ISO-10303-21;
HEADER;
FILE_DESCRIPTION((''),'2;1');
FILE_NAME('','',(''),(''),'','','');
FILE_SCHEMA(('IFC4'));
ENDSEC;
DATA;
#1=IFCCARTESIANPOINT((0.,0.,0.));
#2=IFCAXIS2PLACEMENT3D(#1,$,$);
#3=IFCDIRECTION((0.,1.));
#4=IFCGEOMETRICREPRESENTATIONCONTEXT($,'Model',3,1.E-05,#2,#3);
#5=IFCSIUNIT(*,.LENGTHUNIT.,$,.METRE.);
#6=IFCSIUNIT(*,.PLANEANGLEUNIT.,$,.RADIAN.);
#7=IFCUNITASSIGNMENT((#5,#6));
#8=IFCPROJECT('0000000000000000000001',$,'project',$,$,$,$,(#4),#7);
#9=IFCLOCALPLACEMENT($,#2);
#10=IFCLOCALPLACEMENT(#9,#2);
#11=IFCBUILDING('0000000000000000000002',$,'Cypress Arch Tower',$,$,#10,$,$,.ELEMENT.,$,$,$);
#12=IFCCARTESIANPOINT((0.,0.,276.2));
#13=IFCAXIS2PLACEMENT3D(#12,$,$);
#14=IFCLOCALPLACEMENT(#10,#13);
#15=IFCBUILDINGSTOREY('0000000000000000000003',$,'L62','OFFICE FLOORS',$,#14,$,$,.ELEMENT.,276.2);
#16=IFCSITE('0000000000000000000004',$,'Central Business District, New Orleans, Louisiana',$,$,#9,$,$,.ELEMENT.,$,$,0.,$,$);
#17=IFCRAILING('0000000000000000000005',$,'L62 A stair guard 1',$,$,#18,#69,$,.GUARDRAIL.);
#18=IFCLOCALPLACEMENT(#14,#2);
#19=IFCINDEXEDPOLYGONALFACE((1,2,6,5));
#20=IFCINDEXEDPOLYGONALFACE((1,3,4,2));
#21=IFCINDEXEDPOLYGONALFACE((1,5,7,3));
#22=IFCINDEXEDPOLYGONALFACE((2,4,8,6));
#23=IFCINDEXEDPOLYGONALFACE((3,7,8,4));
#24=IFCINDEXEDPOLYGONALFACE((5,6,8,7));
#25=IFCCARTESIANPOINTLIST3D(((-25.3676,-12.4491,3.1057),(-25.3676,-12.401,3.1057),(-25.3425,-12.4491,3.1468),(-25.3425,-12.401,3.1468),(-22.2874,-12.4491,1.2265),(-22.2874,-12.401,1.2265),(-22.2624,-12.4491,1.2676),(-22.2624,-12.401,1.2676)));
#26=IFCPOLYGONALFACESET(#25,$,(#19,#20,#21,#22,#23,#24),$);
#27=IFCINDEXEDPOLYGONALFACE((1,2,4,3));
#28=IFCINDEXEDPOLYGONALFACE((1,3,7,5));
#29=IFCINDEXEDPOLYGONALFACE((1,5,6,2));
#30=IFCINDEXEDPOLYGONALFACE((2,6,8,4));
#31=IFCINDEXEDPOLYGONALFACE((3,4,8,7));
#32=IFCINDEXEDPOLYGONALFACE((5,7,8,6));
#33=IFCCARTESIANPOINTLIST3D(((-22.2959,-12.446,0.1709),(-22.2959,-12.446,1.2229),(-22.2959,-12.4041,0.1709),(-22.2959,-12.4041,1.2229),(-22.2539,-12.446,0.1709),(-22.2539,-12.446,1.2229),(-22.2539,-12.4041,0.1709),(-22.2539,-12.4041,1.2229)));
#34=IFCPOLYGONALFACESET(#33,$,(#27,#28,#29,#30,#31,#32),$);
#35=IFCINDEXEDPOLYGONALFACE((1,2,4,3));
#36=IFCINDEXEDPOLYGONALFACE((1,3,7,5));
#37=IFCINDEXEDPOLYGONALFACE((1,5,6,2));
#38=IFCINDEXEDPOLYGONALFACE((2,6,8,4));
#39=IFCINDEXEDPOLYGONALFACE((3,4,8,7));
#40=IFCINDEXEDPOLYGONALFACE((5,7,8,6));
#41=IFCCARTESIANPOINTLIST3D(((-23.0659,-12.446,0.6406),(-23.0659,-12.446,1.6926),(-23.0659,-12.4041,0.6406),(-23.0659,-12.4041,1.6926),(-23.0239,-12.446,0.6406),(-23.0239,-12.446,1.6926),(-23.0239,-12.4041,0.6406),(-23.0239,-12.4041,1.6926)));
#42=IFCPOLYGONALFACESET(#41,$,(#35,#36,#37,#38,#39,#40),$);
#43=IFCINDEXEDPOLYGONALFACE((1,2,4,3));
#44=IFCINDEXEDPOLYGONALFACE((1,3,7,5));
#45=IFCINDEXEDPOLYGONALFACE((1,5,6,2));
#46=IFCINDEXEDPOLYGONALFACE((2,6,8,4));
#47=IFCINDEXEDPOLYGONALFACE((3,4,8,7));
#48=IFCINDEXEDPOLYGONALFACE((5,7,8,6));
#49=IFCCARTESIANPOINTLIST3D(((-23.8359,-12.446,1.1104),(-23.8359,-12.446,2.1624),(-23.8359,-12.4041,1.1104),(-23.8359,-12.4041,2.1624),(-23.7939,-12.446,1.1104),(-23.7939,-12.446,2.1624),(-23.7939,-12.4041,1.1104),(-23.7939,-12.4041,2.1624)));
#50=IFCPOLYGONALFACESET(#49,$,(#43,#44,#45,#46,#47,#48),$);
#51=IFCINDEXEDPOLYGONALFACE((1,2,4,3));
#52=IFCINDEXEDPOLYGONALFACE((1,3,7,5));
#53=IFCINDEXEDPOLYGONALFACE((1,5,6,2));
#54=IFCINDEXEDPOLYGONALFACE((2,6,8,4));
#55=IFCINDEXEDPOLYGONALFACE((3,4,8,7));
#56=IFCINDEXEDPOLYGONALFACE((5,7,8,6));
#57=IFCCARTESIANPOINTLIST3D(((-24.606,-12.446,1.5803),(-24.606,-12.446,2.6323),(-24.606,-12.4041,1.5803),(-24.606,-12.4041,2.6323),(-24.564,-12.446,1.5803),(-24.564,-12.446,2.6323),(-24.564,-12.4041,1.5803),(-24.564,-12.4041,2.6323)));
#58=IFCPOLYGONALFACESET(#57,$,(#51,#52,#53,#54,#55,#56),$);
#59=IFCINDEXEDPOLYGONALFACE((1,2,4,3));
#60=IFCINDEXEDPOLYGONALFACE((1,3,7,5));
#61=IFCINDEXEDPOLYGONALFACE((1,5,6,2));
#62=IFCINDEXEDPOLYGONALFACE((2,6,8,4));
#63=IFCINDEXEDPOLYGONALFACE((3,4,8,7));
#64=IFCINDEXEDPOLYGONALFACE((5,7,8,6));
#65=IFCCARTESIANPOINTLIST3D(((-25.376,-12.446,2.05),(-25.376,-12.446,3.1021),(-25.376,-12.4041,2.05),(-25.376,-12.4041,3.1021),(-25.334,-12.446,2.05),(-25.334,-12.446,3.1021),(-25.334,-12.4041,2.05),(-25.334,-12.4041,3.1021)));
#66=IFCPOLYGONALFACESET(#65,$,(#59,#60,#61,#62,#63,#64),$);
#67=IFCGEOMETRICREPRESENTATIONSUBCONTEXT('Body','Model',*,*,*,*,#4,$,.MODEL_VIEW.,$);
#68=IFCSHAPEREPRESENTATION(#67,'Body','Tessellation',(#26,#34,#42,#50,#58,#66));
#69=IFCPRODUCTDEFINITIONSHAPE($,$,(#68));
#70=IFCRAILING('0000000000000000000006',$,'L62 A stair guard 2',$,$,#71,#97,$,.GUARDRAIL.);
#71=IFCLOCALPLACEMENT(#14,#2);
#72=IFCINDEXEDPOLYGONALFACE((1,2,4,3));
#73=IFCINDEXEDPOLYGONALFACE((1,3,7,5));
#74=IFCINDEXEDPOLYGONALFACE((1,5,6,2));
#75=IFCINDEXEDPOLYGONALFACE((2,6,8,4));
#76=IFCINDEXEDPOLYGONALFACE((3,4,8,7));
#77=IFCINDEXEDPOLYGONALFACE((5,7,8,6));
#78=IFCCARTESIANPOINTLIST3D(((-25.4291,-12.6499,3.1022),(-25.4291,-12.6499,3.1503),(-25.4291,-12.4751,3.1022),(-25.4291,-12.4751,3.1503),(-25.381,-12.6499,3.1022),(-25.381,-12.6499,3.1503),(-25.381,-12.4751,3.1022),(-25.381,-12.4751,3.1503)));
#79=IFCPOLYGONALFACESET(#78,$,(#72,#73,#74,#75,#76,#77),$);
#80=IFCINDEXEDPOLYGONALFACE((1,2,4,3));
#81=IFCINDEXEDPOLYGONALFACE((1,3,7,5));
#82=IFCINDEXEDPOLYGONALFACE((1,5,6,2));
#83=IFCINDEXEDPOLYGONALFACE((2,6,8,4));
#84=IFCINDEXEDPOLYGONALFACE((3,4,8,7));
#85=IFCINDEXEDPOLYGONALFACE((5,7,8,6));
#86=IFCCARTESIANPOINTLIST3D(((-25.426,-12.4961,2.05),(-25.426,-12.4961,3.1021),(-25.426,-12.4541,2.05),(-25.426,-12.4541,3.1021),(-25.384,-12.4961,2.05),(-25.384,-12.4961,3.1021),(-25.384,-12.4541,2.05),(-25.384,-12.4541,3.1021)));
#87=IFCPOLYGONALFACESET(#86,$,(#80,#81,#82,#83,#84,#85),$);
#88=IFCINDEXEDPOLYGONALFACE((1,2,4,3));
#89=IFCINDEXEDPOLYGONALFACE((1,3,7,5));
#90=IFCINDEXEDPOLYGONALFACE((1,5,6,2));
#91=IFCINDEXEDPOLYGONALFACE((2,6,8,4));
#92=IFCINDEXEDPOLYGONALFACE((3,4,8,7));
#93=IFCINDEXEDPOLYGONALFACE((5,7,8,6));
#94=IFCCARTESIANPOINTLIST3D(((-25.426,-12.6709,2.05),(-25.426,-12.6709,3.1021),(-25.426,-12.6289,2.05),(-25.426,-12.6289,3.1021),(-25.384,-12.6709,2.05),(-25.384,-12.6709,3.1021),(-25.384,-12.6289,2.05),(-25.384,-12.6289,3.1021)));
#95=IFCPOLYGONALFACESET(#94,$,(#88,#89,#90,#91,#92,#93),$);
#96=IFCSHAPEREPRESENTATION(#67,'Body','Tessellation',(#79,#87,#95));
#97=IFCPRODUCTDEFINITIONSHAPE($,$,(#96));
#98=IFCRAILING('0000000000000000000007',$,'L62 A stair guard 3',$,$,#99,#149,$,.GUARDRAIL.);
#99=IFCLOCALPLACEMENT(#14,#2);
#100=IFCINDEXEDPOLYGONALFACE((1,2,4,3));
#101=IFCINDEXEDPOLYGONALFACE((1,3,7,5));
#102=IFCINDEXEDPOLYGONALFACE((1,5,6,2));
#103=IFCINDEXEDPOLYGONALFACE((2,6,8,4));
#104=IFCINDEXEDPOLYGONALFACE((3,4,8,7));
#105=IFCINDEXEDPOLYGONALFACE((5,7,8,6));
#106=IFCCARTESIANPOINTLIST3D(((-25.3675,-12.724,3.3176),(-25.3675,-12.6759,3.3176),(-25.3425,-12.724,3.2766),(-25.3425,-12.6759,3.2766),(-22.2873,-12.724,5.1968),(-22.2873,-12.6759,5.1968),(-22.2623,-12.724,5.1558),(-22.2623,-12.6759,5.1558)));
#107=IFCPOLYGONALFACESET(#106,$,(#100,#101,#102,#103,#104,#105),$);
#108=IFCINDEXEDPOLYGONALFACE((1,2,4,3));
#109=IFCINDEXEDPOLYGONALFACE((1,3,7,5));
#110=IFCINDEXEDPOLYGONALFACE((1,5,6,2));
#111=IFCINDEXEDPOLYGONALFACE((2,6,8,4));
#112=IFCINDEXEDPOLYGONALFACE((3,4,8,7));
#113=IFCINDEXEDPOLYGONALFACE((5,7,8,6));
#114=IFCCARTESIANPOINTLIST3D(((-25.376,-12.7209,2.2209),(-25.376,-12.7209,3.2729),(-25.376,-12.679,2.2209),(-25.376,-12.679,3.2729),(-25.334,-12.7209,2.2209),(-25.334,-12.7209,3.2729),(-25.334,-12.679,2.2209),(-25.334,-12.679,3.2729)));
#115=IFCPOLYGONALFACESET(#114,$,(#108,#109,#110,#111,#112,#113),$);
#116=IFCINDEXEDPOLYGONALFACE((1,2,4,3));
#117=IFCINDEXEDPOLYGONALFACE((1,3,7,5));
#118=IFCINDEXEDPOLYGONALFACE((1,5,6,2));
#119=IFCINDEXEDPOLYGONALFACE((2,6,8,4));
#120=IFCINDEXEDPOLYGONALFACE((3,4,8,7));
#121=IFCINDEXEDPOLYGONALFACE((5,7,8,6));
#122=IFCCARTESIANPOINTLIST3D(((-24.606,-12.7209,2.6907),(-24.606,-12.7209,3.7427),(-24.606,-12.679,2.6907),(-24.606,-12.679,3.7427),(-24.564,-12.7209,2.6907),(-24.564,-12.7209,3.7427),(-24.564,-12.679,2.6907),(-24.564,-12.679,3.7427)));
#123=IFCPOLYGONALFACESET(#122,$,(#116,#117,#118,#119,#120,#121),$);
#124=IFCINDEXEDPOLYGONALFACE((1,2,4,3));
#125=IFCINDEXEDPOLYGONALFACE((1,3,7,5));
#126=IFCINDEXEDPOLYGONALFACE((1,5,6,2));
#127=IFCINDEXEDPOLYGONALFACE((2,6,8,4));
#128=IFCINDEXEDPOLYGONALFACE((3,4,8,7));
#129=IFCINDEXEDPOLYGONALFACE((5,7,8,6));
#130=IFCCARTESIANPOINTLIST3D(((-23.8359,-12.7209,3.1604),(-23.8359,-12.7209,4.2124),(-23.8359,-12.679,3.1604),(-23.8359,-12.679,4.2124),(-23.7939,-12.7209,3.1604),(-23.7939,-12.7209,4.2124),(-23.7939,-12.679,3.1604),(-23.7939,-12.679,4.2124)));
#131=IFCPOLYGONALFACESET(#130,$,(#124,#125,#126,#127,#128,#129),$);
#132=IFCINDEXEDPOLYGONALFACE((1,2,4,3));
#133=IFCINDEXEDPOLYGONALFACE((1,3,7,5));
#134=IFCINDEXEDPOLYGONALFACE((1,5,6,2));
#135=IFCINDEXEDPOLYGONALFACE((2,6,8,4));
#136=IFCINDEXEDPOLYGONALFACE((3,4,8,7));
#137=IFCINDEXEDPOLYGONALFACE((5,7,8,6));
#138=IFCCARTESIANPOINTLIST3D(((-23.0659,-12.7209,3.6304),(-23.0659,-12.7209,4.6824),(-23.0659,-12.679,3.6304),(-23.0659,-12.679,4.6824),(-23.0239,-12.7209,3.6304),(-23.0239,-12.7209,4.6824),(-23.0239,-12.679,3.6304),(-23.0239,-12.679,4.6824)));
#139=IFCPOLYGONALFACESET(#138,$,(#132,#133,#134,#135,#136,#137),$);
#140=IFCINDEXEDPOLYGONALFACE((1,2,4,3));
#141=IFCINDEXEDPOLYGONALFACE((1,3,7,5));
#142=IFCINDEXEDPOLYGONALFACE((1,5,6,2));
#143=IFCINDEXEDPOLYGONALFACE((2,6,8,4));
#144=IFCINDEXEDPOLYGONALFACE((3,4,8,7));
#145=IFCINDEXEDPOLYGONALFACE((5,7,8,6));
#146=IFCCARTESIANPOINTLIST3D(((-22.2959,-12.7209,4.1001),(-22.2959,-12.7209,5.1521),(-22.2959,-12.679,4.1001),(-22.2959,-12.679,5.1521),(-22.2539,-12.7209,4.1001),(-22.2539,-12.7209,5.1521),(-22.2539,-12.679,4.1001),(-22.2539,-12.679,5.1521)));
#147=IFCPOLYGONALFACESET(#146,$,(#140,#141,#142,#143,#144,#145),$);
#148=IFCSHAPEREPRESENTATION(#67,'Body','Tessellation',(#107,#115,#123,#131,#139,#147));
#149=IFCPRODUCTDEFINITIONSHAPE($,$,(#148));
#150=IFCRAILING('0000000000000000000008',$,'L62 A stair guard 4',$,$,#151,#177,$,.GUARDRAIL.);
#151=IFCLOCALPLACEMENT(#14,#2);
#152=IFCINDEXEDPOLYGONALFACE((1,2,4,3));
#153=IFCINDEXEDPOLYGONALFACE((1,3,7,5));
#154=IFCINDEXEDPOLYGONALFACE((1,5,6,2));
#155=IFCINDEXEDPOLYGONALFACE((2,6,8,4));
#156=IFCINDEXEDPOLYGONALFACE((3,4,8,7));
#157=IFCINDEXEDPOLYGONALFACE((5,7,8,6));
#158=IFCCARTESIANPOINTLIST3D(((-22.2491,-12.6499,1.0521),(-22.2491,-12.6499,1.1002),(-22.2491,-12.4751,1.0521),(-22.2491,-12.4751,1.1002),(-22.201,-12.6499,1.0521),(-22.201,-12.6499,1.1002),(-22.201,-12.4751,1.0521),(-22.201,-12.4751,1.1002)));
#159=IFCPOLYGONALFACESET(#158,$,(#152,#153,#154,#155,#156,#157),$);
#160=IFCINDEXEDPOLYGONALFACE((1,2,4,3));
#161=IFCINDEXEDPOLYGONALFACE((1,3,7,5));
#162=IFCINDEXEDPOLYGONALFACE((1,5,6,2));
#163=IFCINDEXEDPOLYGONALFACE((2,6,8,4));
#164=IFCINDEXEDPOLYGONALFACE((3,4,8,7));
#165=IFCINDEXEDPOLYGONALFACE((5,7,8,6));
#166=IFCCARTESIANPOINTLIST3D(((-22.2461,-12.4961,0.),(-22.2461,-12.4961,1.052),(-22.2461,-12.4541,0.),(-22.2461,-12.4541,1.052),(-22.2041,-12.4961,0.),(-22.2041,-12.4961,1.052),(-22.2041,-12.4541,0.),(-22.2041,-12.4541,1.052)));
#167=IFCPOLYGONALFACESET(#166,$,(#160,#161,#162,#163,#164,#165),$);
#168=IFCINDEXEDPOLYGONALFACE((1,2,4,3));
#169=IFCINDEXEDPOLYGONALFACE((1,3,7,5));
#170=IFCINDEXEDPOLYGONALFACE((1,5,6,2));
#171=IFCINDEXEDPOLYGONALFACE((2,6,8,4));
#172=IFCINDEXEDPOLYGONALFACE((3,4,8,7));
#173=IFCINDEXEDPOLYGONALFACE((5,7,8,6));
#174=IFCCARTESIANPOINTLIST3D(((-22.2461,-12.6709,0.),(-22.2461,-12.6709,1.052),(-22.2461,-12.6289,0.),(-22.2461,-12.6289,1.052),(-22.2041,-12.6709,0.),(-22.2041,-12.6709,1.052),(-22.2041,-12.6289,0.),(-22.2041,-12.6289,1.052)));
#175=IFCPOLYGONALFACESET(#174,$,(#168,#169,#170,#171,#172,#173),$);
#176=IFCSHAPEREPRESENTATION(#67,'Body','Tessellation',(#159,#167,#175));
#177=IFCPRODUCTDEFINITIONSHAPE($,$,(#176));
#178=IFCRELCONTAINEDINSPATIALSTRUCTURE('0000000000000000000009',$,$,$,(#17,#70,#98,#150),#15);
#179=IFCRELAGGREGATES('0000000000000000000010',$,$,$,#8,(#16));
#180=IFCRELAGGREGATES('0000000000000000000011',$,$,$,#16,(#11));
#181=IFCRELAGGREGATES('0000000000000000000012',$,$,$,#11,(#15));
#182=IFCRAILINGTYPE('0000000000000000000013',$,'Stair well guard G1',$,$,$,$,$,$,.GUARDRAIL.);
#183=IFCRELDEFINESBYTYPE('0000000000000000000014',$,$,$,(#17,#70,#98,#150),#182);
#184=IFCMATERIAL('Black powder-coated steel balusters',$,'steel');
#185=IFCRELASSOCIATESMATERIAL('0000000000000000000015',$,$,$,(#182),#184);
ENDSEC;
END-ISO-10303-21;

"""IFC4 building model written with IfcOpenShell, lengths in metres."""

from ifc_helpers import new_model, si_unit, direction, frame, origin, origin_2d, place, context, subcontext, project, spatial, rectangle, extrude, material, type_object, element, save


model = new_model("IFC4")

# Units and contexts
model_context = context("Model", 3, precision=1e-05, world=origin(), true_north=direction((0.0, 1.0)))
body_context = subcontext(model_context, "Body", "Model", "MODEL_VIEW")
ifc_project = project(units=[si_unit("LENGTHUNIT", "METRE"), si_unit("PLANEANGLEUNIT", "RADIAN")], contexts=[model_context])

# Site, building, storey
site_placement = place(None, origin())
site = spatial("IfcSite", under=ifc_project, at=site_placement, Name="Central Business District, New Orleans, Louisiana", CompositionType="ELEMENT", RefElevation=0.0)
building_placement = place(site_placement, origin())
building = spatial("IfcBuilding", under=site, at=building_placement, Name="Cypress Arch Tower", CompositionType="ELEMENT")
storey_placement = place(building_placement, frame((0.0, 0.0, 276.2)))
storey = spatial("IfcBuildingStorey", under=building, at=storey_placement, Name="L62", Description="OFFICE FLOORS", CompositionType="ELEMENT", Elevation=276.2)

# Railings
ifc_material_1 = material(Name="Black powder-coated steel balusters", Category="steel")
railing_type_1 = type_object("IfcRailingType", Name="Stair well guard G1", PredefinedType="GUARDRAIL", material=ifc_material_1)
railing_1_placement = place(storey_placement, frame((-22.2749, -12.425, 0.1709)))
element("IfcRailing", 1, at=railing_1_placement, inside=storey, type_object=railing_type_1, Name="L62 A stair guard 1", PredefinedType="GUARDRAIL", context=body_context, shape_type="SweptSolid", body=[
    extrude(rectangle(XDim=0.0481, YDim=0.0481, at=origin_2d()), frame((0.0, 0.0, 1.0762), z_axis=(-0.853666, 0.0, 0.52082), x_axis=(0.0, -1.0, 0.0)), (0.0, 0.0, 1.0), 3.6082),
    extrude(rectangle(XDim=0.042, YDim=0.042, at=origin_2d()), origin(), (0.0, 0.0, 1.0), 1.052),
    extrude(rectangle(XDim=0.042, YDim=0.042, at=origin_2d()), frame((-0.77, 0.0, 0.4697)), (0.0, 0.0, 1.0), 1.052),
    extrude(rectangle(XDim=0.042, YDim=0.042, at=origin_2d()), frame((-1.54, 0.0, 0.9395)), (0.0, 0.0, 1.0), 1.052),
    extrude(rectangle(XDim=0.042, YDim=0.042, at=origin_2d()), frame((-2.3101, 0.0, 1.4094)), (0.0, 0.0, 1.0), 1.052),
    extrude(rectangle(XDim=0.042, YDim=0.042, at=origin_2d()), frame((-3.0801, 0.0, 1.8792)), (0.0, 0.0, 1.0), 1.052),
])
railing_2_placement = place(storey_placement, frame((-25.405, -12.4751, 2.05)))
element("IfcRailing", 2, at=railing_2_placement, inside=storey, type_object=railing_type_1, Name="L62 A stair guard 2", PredefinedType="GUARDRAIL", context=body_context, shape_type="SweptSolid", body=[
    extrude(rectangle(XDim=0.0481, YDim=0.0481, at=origin_2d()), frame((0.0, 0.0, 1.0762), z_axis=(0.0, -1.0, 0.0), x_axis=(1.0, 0.0, 0.0)), (0.0, 0.0, 1.0), 0.1748),
    extrude(rectangle(XDim=0.042, YDim=0.042, at=origin_2d()), origin(), (0.0, 0.0, 1.0), 1.052),
    extrude(rectangle(XDim=0.042, YDim=0.042, at=origin_2d()), frame((0.0, -0.1748, 0.0)), (0.0, 0.0, 1.0), 1.052),
])
railing_3_placement = place(storey_placement, frame((-25.355, -12.7, 2.2209)))
element("IfcRailing", 3, at=railing_3_placement, inside=storey, type_object=railing_type_1, Name="L62 A stair guard 3", PredefinedType="GUARDRAIL", context=body_context, shape_type="SweptSolid", body=[
    extrude(rectangle(XDim=0.0481, YDim=0.0481, at=origin_2d()), frame((0.0, 0.0, 1.0762), z_axis=(0.853666, 0.0, 0.52082), x_axis=(0.0, 1.0, 0.0)), (0.0, 0.0, 1.0), 3.6082),
    extrude(rectangle(XDim=0.042, YDim=0.042, at=origin_2d()), origin(), (0.0, 0.0, 1.0), 1.052),
    extrude(rectangle(XDim=0.042, YDim=0.042, at=origin_2d()), frame((0.77, 0.0, 0.4697)), (0.0, 0.0, 1.0), 1.052),
    extrude(rectangle(XDim=0.042, YDim=0.042, at=origin_2d()), frame((1.54, 0.0, 0.9395)), (0.0, 0.0, 1.0), 1.052),
    extrude(rectangle(XDim=0.042, YDim=0.042, at=origin_2d()), frame((2.3101, 0.0, 1.4094)), (0.0, 0.0, 1.0), 1.052),
    extrude(rectangle(XDim=0.042, YDim=0.042, at=origin_2d()), frame((3.0801, 0.0, 1.8792)), (0.0, 0.0, 1.0), 1.052),
])
railing_4_placement = place(storey_placement, frame((-22.2251, -12.4751, 0.0)))
element("IfcRailing", 4, at=railing_4_placement, inside=storey, type_object=railing_type_1, Name="L62 A stair guard 4", PredefinedType="GUARDRAIL", context=body_context, shape_type="SweptSolid", body=[
    extrude(rectangle(XDim=0.0481, YDim=0.0481, at=origin_2d()), frame((0.0, 0.0, 1.0762), z_axis=(0.0, -1.0, 0.0), x_axis=(1.0, 0.0, 0.0)), (0.0, 0.0, 1.0), 0.1748),
    extrude(rectangle(XDim=0.042, YDim=0.042, at=origin_2d()), origin(), (0.0, 0.0, 1.0), 1.052),
    extrude(rectangle(XDim=0.042, YDim=0.042, at=origin_2d()), frame((0.0, -0.1748, 0.0)), (0.0, 0.0, 1.0), 1.052),
])

save(model, "model.ifc")
